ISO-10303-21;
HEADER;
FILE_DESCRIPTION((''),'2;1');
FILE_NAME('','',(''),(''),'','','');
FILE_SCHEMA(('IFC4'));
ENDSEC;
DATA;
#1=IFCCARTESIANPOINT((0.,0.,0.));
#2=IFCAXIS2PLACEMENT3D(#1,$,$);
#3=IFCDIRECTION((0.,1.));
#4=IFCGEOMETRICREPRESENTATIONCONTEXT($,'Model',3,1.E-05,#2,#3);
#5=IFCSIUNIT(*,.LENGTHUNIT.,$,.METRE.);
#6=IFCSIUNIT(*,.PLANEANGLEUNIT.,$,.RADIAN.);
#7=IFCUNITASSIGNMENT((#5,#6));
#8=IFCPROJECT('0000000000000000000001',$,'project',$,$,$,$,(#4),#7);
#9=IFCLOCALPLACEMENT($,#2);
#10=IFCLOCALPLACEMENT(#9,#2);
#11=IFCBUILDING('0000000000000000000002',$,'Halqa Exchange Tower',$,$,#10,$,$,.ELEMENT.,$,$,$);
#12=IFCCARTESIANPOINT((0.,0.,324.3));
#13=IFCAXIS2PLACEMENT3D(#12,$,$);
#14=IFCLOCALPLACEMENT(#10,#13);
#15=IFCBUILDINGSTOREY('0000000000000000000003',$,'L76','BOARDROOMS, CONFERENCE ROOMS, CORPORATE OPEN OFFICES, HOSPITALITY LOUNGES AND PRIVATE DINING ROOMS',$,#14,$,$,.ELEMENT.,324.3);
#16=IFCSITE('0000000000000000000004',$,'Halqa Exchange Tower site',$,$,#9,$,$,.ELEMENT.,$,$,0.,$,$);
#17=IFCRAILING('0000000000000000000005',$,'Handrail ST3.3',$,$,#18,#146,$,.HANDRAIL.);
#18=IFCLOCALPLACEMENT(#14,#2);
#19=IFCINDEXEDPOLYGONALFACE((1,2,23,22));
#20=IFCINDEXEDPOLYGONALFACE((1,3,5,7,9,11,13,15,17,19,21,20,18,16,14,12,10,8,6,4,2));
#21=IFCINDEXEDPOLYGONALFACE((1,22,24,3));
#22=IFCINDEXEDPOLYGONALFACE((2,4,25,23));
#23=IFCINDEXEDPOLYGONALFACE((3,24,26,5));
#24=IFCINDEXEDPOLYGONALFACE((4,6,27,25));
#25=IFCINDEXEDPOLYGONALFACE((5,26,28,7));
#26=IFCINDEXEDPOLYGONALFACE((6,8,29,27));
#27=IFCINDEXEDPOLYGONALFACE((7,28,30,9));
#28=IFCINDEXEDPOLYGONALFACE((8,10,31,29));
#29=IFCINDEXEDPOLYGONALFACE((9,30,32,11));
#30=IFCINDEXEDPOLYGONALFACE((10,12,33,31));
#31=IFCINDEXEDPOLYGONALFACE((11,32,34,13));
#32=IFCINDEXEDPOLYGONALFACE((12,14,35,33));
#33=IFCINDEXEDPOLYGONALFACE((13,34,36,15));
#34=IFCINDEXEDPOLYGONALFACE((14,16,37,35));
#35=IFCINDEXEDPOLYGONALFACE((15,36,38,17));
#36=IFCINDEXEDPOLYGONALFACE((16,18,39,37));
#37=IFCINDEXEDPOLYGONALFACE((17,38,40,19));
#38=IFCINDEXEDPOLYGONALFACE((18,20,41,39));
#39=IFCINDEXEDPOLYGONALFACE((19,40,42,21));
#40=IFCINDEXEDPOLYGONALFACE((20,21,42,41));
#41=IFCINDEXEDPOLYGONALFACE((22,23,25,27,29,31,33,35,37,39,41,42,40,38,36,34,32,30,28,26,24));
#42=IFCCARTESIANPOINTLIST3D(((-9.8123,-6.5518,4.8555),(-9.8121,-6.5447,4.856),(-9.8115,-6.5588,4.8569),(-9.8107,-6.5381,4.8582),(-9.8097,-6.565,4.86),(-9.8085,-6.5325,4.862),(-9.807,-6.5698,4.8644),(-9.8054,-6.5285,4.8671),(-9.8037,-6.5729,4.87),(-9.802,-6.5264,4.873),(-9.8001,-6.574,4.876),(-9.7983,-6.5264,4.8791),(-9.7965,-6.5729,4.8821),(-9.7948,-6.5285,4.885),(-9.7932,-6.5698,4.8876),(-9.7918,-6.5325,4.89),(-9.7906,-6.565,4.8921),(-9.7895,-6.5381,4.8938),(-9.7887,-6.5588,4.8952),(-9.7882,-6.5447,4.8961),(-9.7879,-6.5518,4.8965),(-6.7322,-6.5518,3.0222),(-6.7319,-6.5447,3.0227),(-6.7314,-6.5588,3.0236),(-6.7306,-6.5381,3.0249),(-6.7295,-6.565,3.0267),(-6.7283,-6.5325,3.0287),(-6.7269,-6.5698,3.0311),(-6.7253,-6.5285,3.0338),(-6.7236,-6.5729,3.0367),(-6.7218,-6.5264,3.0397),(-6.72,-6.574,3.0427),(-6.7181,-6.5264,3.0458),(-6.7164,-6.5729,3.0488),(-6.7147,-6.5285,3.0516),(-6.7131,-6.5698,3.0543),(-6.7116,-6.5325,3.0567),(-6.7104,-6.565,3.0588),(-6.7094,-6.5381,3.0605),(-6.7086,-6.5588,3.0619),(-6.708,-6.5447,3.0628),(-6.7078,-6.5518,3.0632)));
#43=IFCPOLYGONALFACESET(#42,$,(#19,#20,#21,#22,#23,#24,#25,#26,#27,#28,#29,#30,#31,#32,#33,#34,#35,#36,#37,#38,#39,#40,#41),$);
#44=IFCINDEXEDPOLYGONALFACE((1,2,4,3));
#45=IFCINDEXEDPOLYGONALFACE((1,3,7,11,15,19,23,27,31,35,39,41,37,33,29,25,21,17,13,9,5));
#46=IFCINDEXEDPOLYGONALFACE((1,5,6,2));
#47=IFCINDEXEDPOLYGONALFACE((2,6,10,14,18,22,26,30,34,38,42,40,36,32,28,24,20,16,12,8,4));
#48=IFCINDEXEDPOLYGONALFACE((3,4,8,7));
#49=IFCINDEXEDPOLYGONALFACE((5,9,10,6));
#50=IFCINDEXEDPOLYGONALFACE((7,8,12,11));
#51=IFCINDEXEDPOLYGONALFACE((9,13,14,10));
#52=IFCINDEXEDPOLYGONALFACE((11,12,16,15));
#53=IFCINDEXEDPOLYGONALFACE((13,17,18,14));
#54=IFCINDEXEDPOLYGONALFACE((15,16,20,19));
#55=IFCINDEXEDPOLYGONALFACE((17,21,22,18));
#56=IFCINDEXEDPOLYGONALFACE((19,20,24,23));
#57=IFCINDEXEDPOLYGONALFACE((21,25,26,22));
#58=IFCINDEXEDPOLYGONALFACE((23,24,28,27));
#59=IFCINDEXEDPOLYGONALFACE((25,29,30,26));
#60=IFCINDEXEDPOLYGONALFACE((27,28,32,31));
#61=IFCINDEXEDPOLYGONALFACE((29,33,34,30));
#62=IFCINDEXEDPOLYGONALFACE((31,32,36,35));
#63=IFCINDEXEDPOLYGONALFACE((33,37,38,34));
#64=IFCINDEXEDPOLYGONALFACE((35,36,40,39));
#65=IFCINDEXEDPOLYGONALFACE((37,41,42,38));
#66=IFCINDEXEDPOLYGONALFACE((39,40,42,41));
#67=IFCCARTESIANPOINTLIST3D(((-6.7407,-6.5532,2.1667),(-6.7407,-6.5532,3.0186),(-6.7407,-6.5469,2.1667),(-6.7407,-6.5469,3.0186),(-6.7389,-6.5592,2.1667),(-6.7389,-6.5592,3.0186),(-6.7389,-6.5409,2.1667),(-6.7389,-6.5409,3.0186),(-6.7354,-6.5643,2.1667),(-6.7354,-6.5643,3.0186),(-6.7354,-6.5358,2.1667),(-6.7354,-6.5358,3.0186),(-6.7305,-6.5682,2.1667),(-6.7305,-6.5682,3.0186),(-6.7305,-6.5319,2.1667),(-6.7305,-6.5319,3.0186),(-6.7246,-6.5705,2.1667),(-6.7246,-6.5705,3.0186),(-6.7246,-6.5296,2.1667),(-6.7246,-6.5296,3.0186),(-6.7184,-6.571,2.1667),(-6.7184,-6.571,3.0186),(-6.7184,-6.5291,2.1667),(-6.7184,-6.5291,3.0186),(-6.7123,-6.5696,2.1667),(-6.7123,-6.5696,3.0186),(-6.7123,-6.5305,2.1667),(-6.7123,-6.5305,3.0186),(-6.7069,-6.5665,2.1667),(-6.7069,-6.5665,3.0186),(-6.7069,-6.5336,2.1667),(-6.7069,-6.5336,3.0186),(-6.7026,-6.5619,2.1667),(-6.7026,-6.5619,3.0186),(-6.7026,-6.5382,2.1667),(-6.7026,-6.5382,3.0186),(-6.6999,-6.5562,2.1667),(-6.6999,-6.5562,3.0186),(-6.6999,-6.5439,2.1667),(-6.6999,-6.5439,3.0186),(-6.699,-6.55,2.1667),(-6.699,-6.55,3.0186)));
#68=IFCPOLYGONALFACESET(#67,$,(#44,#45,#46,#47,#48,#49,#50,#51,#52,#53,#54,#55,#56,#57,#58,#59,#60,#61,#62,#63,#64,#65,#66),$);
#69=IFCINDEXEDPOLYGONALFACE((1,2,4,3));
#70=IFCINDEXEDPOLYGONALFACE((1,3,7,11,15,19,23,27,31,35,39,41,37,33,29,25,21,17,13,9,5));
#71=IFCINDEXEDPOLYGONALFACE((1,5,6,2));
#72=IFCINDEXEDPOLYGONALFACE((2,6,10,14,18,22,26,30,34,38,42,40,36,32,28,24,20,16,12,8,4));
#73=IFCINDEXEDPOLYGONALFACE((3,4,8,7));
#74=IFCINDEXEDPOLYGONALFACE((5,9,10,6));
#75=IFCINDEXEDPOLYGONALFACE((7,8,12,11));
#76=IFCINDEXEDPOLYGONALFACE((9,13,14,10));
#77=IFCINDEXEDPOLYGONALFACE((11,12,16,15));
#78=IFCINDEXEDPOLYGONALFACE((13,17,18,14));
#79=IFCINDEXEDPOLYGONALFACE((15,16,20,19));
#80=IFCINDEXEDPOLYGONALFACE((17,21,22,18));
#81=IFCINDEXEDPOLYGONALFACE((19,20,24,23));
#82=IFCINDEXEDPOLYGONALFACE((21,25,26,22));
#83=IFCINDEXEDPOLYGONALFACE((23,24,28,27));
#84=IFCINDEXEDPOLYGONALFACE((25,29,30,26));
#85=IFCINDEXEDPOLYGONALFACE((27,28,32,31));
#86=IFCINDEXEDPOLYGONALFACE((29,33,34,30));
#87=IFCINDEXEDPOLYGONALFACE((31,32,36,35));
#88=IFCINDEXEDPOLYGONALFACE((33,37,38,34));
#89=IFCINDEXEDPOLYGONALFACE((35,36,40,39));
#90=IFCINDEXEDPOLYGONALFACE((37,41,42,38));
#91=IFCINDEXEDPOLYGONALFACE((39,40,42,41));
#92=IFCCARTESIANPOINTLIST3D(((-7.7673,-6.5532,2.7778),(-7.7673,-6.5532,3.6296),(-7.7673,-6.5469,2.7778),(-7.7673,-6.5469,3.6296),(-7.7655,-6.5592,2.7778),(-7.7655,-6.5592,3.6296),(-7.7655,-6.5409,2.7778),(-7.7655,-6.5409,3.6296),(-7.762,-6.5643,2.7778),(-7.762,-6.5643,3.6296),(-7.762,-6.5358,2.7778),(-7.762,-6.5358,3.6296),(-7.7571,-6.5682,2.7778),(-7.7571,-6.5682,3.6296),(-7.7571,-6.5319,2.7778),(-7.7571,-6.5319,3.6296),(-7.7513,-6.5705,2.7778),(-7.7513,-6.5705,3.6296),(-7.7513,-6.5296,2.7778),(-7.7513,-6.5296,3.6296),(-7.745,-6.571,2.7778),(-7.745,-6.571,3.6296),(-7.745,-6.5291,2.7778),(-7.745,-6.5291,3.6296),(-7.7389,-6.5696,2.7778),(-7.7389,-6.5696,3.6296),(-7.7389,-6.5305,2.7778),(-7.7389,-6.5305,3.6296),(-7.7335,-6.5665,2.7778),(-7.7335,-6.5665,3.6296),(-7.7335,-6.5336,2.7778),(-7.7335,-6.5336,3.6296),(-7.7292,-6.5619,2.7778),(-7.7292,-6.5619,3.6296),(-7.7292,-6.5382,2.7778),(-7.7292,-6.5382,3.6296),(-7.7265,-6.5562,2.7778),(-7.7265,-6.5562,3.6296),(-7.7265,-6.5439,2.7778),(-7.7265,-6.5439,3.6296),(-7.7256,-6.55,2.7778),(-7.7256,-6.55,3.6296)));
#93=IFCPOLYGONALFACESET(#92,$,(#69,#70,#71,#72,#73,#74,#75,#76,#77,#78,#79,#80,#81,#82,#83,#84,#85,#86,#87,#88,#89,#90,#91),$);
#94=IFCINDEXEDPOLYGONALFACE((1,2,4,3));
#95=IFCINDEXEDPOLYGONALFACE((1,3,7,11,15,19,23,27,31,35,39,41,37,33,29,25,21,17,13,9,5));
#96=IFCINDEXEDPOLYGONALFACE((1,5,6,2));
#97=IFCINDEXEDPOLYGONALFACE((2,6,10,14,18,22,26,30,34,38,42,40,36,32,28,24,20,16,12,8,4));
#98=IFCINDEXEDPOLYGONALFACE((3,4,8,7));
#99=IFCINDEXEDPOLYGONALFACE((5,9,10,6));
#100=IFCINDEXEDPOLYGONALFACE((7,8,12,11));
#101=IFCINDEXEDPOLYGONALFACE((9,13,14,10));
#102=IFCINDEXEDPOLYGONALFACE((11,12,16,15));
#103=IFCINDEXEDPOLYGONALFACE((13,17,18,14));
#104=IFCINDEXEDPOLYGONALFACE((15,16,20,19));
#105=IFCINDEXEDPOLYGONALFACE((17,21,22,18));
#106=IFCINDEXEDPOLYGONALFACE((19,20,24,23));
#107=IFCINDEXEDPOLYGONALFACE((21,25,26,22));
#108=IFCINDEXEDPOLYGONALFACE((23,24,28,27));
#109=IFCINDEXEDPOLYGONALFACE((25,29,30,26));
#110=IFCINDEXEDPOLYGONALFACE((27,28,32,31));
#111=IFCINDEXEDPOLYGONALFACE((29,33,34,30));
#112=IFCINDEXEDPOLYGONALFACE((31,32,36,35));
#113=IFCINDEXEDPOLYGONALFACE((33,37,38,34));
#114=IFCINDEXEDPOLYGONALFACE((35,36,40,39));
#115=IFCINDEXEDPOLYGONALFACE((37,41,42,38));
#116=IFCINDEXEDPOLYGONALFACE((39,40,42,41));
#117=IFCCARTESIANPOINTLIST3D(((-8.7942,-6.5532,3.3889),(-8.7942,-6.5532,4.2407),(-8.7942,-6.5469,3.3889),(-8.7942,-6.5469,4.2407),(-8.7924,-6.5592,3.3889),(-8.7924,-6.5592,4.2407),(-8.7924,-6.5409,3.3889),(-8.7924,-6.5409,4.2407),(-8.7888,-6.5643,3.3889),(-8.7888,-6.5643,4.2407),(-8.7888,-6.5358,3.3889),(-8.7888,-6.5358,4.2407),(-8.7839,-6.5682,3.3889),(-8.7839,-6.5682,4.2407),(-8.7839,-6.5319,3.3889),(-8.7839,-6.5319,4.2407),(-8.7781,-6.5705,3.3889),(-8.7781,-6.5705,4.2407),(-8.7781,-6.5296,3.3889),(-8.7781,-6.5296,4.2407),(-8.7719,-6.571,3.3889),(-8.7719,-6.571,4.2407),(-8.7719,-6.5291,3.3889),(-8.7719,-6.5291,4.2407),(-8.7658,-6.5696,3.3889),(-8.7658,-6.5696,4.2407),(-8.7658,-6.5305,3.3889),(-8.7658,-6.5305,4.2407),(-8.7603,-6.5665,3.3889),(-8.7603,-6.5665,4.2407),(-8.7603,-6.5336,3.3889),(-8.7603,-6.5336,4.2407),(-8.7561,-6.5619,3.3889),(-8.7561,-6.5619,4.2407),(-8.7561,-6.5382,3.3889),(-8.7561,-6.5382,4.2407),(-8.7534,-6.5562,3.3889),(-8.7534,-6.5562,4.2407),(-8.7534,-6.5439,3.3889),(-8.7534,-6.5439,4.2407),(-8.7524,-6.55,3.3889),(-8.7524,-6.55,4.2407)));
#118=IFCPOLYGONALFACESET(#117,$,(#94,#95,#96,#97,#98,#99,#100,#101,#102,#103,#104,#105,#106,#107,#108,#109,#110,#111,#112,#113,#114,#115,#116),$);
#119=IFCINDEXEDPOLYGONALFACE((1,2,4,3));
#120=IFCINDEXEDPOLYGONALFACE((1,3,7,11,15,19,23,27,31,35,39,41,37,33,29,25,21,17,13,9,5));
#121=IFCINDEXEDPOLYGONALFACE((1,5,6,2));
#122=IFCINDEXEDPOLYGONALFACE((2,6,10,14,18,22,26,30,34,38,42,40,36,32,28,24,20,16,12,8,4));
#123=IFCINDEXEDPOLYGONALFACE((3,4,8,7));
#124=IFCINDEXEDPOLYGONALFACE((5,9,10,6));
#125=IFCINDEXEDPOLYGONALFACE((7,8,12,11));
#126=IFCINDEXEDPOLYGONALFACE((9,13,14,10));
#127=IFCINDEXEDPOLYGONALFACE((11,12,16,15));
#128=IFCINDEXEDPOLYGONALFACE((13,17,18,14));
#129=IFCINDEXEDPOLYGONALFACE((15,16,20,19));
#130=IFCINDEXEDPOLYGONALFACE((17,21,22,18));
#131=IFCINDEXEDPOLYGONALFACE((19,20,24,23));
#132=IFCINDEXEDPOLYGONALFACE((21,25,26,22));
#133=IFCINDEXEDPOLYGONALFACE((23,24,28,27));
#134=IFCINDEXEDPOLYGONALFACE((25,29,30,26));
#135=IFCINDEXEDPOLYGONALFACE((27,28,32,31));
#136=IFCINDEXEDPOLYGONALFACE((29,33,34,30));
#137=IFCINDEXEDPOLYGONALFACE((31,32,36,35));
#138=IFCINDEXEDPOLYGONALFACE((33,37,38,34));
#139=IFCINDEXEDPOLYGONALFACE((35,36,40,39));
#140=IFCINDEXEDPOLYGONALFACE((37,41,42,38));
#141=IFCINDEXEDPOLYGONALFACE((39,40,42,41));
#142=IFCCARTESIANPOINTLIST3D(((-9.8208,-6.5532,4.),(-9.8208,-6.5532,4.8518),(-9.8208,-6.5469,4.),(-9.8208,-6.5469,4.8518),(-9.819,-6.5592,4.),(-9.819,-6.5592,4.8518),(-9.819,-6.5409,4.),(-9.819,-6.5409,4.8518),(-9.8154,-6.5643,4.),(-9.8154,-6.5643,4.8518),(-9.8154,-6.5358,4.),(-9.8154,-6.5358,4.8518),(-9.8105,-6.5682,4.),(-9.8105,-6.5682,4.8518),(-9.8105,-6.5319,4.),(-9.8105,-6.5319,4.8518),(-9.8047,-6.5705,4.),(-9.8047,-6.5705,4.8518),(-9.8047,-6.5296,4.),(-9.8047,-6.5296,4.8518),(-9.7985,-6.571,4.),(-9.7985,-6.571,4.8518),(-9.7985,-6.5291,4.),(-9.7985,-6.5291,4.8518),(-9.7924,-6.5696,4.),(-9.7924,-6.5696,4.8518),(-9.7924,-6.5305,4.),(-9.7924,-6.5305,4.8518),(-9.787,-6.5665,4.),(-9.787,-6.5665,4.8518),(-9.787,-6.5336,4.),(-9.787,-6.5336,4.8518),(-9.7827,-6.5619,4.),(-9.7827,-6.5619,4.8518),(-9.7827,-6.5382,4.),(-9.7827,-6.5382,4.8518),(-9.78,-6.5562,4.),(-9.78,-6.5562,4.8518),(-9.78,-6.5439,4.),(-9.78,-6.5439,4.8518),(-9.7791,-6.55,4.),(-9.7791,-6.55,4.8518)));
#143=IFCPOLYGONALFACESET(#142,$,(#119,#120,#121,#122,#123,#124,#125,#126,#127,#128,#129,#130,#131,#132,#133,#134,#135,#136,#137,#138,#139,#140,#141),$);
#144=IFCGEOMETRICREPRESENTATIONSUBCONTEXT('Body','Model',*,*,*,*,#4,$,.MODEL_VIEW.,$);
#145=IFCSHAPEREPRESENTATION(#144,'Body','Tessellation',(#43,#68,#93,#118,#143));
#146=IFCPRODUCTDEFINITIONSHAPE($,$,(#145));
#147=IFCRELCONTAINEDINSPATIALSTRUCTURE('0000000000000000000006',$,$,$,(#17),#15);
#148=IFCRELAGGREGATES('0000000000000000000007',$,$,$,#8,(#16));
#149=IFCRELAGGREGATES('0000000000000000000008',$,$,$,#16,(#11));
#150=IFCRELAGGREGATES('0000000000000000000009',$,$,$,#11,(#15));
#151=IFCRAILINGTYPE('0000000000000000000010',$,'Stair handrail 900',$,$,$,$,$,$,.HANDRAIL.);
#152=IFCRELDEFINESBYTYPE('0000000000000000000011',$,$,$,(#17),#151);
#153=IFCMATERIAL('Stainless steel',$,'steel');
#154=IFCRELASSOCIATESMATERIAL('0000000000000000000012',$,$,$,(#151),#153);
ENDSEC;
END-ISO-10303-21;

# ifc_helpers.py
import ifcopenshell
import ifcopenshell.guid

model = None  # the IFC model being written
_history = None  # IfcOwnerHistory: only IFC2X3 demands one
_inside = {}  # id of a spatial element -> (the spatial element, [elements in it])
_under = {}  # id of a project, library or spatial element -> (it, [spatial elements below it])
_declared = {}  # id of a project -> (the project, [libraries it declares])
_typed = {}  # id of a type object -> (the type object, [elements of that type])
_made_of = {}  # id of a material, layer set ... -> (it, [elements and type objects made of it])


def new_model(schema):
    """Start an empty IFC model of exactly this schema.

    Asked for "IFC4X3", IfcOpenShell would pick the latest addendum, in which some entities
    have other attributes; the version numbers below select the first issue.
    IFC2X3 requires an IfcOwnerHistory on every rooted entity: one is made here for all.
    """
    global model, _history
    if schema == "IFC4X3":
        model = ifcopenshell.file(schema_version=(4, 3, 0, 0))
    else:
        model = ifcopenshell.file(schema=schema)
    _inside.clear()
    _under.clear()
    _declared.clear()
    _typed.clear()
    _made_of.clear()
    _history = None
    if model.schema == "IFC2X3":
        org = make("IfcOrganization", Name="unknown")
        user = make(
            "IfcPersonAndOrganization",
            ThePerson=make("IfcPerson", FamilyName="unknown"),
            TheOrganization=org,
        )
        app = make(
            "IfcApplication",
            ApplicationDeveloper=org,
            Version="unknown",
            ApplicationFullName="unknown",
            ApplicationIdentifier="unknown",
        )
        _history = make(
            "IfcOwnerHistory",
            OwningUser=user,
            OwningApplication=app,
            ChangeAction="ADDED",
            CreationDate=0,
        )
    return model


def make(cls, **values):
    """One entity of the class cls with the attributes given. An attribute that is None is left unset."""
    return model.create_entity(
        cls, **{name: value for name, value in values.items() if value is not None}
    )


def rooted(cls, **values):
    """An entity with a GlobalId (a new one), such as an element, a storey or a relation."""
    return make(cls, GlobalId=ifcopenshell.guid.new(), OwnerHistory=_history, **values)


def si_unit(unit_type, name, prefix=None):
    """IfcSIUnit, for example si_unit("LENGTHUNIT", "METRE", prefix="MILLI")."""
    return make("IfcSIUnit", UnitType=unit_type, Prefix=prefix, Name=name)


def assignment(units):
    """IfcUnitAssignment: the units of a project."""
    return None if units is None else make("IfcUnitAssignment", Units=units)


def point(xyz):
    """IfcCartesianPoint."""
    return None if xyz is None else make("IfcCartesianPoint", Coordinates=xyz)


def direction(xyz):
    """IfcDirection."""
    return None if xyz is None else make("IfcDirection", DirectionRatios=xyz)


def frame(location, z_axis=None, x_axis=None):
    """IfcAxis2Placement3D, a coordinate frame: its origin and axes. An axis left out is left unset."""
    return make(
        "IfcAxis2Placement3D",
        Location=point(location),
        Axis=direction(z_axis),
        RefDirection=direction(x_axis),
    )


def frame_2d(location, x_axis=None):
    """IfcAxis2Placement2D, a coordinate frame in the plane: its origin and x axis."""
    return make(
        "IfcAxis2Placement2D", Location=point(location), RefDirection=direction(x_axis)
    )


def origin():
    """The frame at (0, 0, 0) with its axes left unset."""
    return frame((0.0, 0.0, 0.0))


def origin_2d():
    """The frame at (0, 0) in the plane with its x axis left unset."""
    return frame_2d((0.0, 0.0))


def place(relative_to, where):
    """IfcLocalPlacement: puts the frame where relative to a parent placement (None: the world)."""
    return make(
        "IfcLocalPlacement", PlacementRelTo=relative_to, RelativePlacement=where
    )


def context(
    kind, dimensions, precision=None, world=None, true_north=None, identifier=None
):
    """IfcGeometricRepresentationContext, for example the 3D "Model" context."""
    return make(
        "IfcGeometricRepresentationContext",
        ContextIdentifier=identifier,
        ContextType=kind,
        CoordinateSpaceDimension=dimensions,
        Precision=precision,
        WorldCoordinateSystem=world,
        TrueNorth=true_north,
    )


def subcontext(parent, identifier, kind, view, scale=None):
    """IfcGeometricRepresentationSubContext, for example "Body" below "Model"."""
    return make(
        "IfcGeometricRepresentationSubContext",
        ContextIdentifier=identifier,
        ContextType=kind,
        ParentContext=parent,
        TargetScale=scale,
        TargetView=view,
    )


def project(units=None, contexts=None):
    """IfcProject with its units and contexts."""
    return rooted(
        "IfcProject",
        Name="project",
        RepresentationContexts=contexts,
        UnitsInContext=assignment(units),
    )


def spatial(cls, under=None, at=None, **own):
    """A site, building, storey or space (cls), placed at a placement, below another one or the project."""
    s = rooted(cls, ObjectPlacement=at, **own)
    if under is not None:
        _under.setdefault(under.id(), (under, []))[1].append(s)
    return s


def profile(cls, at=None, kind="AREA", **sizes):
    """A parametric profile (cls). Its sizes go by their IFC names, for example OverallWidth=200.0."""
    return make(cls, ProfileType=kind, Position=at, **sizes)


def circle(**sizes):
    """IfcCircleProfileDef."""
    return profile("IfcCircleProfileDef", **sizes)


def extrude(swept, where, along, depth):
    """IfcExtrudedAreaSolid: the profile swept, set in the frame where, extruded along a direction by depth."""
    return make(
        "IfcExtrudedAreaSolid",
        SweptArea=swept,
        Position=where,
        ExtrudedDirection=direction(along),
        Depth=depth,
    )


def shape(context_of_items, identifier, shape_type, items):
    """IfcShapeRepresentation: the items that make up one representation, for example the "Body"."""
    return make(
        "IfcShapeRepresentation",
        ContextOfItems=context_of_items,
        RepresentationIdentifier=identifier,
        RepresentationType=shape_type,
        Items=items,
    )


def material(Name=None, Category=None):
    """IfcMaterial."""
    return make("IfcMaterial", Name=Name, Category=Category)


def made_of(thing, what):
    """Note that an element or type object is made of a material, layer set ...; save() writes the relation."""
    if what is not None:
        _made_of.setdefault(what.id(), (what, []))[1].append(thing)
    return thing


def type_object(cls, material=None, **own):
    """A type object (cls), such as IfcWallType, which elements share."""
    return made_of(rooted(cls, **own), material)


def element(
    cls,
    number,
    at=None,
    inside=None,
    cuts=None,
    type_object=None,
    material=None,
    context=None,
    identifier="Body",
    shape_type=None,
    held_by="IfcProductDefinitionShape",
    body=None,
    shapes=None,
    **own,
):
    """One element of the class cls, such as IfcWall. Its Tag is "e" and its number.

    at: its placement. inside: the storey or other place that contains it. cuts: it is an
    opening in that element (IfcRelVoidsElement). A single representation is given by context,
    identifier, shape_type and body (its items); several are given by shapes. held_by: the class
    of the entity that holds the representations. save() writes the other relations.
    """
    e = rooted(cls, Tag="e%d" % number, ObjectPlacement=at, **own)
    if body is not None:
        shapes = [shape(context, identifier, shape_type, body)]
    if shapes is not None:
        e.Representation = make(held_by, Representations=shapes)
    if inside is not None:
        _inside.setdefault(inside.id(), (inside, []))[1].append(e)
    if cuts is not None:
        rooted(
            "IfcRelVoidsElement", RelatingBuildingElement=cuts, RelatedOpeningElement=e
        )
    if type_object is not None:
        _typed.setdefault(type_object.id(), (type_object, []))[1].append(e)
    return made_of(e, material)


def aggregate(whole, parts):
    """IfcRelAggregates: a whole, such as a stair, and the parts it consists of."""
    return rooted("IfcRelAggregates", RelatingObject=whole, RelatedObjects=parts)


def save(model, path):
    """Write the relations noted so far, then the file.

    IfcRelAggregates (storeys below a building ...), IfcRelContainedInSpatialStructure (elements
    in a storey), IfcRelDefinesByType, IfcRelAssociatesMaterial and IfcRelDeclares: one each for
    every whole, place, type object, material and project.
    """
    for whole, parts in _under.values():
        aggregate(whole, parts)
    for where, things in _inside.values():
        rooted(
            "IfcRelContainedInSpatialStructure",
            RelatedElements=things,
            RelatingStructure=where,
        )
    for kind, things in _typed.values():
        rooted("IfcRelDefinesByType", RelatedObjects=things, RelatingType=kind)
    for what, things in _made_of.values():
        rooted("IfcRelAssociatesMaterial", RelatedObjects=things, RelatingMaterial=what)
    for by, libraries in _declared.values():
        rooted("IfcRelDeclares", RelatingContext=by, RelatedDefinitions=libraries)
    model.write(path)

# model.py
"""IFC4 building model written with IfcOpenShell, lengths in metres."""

from ifc_helpers import new_model, si_unit, direction, frame, origin, origin_2d, place, context, subcontext, project, spatial, circle, extrude, material, type_object, element, save


model = new_model("IFC4")

# Units and contexts
model_context = context("Model", 3, precision=1e-05, world=origin(), true_north=direction((0.0, 1.0)))
body_context = subcontext(model_context, "Body", "Model", "MODEL_VIEW")
ifc_project = project(units=[si_unit("LENGTHUNIT", "METRE"), si_unit("PLANEANGLEUNIT", "RADIAN")], contexts=[model_context])

# Site, building, storey
site_placement = place(None, origin())
site = spatial("IfcSite", under=ifc_project, at=site_placement, Name="Halqa Exchange Tower site", CompositionType="ELEMENT", RefElevation=0.0)
building_placement = place(site_placement, origin())
building = spatial("IfcBuilding", under=site, at=building_placement, Name="Halqa Exchange Tower", CompositionType="ELEMENT")
storey_placement = place(building_placement, frame((0.0, 0.0, 324.3)))
storey = spatial("IfcBuildingStorey", under=building, at=storey_placement, Name="L76", Description="BOARDROOMS, CONFERENCE ROOMS, CORPORATE OPEN OFFICES, HOSPITALITY LOUNGES AND PRIVATE DINING ROOMS", CompositionType="ELEMENT", Elevation=324.3)

# Shared definitions
ifc_material_1 = material(Name="Stainless steel", Category="steel")

# Railing
railing_type_1 = type_object("IfcRailingType", Name="Stair handrail 900", PredefinedType="HANDRAIL", material=ifc_material_1)
railing_1_placement = place(storey_placement, frame((-6.72, -6.55, 2.1667)))
element("IfcRailing", 1, at=railing_1_placement, inside=storey, type_object=railing_type_1, Name="Handrail ST3.3", PredefinedType="HANDRAIL", context=body_context, shape_type="SweptSolid", body=[
    extrude(circle(Radius=0.0239, at=origin_2d()), frame((0.0, 0.0, 0.876), z_axis=(-0.859309, 0.0, 0.511458), x_axis=(0.0, -1.0, 0.0)), (0.0, 0.0, 1.0), 3.5845),
    extrude(circle(Radius=0.021, at=origin_2d()), origin(), (0.0, 0.0, 1.0), 0.8518),
    extrude(circle(Radius=0.021, at=origin_2d()), frame((-1.0266, 0.0, 0.6111)), (0.0, 0.0, 1.0), 0.8518),
    extrude(circle(Radius=0.021, at=origin_2d()), frame((-2.0535, 0.0, 1.2222)), (0.0, 0.0, 1.0), 0.8518),
    extrude(circle(Radius=0.021, at=origin_2d()), frame((-3.0801, 0.0, 1.8333)), (0.0, 0.0, 1.0), 0.8518),
])

save(model, "model.ifc")
